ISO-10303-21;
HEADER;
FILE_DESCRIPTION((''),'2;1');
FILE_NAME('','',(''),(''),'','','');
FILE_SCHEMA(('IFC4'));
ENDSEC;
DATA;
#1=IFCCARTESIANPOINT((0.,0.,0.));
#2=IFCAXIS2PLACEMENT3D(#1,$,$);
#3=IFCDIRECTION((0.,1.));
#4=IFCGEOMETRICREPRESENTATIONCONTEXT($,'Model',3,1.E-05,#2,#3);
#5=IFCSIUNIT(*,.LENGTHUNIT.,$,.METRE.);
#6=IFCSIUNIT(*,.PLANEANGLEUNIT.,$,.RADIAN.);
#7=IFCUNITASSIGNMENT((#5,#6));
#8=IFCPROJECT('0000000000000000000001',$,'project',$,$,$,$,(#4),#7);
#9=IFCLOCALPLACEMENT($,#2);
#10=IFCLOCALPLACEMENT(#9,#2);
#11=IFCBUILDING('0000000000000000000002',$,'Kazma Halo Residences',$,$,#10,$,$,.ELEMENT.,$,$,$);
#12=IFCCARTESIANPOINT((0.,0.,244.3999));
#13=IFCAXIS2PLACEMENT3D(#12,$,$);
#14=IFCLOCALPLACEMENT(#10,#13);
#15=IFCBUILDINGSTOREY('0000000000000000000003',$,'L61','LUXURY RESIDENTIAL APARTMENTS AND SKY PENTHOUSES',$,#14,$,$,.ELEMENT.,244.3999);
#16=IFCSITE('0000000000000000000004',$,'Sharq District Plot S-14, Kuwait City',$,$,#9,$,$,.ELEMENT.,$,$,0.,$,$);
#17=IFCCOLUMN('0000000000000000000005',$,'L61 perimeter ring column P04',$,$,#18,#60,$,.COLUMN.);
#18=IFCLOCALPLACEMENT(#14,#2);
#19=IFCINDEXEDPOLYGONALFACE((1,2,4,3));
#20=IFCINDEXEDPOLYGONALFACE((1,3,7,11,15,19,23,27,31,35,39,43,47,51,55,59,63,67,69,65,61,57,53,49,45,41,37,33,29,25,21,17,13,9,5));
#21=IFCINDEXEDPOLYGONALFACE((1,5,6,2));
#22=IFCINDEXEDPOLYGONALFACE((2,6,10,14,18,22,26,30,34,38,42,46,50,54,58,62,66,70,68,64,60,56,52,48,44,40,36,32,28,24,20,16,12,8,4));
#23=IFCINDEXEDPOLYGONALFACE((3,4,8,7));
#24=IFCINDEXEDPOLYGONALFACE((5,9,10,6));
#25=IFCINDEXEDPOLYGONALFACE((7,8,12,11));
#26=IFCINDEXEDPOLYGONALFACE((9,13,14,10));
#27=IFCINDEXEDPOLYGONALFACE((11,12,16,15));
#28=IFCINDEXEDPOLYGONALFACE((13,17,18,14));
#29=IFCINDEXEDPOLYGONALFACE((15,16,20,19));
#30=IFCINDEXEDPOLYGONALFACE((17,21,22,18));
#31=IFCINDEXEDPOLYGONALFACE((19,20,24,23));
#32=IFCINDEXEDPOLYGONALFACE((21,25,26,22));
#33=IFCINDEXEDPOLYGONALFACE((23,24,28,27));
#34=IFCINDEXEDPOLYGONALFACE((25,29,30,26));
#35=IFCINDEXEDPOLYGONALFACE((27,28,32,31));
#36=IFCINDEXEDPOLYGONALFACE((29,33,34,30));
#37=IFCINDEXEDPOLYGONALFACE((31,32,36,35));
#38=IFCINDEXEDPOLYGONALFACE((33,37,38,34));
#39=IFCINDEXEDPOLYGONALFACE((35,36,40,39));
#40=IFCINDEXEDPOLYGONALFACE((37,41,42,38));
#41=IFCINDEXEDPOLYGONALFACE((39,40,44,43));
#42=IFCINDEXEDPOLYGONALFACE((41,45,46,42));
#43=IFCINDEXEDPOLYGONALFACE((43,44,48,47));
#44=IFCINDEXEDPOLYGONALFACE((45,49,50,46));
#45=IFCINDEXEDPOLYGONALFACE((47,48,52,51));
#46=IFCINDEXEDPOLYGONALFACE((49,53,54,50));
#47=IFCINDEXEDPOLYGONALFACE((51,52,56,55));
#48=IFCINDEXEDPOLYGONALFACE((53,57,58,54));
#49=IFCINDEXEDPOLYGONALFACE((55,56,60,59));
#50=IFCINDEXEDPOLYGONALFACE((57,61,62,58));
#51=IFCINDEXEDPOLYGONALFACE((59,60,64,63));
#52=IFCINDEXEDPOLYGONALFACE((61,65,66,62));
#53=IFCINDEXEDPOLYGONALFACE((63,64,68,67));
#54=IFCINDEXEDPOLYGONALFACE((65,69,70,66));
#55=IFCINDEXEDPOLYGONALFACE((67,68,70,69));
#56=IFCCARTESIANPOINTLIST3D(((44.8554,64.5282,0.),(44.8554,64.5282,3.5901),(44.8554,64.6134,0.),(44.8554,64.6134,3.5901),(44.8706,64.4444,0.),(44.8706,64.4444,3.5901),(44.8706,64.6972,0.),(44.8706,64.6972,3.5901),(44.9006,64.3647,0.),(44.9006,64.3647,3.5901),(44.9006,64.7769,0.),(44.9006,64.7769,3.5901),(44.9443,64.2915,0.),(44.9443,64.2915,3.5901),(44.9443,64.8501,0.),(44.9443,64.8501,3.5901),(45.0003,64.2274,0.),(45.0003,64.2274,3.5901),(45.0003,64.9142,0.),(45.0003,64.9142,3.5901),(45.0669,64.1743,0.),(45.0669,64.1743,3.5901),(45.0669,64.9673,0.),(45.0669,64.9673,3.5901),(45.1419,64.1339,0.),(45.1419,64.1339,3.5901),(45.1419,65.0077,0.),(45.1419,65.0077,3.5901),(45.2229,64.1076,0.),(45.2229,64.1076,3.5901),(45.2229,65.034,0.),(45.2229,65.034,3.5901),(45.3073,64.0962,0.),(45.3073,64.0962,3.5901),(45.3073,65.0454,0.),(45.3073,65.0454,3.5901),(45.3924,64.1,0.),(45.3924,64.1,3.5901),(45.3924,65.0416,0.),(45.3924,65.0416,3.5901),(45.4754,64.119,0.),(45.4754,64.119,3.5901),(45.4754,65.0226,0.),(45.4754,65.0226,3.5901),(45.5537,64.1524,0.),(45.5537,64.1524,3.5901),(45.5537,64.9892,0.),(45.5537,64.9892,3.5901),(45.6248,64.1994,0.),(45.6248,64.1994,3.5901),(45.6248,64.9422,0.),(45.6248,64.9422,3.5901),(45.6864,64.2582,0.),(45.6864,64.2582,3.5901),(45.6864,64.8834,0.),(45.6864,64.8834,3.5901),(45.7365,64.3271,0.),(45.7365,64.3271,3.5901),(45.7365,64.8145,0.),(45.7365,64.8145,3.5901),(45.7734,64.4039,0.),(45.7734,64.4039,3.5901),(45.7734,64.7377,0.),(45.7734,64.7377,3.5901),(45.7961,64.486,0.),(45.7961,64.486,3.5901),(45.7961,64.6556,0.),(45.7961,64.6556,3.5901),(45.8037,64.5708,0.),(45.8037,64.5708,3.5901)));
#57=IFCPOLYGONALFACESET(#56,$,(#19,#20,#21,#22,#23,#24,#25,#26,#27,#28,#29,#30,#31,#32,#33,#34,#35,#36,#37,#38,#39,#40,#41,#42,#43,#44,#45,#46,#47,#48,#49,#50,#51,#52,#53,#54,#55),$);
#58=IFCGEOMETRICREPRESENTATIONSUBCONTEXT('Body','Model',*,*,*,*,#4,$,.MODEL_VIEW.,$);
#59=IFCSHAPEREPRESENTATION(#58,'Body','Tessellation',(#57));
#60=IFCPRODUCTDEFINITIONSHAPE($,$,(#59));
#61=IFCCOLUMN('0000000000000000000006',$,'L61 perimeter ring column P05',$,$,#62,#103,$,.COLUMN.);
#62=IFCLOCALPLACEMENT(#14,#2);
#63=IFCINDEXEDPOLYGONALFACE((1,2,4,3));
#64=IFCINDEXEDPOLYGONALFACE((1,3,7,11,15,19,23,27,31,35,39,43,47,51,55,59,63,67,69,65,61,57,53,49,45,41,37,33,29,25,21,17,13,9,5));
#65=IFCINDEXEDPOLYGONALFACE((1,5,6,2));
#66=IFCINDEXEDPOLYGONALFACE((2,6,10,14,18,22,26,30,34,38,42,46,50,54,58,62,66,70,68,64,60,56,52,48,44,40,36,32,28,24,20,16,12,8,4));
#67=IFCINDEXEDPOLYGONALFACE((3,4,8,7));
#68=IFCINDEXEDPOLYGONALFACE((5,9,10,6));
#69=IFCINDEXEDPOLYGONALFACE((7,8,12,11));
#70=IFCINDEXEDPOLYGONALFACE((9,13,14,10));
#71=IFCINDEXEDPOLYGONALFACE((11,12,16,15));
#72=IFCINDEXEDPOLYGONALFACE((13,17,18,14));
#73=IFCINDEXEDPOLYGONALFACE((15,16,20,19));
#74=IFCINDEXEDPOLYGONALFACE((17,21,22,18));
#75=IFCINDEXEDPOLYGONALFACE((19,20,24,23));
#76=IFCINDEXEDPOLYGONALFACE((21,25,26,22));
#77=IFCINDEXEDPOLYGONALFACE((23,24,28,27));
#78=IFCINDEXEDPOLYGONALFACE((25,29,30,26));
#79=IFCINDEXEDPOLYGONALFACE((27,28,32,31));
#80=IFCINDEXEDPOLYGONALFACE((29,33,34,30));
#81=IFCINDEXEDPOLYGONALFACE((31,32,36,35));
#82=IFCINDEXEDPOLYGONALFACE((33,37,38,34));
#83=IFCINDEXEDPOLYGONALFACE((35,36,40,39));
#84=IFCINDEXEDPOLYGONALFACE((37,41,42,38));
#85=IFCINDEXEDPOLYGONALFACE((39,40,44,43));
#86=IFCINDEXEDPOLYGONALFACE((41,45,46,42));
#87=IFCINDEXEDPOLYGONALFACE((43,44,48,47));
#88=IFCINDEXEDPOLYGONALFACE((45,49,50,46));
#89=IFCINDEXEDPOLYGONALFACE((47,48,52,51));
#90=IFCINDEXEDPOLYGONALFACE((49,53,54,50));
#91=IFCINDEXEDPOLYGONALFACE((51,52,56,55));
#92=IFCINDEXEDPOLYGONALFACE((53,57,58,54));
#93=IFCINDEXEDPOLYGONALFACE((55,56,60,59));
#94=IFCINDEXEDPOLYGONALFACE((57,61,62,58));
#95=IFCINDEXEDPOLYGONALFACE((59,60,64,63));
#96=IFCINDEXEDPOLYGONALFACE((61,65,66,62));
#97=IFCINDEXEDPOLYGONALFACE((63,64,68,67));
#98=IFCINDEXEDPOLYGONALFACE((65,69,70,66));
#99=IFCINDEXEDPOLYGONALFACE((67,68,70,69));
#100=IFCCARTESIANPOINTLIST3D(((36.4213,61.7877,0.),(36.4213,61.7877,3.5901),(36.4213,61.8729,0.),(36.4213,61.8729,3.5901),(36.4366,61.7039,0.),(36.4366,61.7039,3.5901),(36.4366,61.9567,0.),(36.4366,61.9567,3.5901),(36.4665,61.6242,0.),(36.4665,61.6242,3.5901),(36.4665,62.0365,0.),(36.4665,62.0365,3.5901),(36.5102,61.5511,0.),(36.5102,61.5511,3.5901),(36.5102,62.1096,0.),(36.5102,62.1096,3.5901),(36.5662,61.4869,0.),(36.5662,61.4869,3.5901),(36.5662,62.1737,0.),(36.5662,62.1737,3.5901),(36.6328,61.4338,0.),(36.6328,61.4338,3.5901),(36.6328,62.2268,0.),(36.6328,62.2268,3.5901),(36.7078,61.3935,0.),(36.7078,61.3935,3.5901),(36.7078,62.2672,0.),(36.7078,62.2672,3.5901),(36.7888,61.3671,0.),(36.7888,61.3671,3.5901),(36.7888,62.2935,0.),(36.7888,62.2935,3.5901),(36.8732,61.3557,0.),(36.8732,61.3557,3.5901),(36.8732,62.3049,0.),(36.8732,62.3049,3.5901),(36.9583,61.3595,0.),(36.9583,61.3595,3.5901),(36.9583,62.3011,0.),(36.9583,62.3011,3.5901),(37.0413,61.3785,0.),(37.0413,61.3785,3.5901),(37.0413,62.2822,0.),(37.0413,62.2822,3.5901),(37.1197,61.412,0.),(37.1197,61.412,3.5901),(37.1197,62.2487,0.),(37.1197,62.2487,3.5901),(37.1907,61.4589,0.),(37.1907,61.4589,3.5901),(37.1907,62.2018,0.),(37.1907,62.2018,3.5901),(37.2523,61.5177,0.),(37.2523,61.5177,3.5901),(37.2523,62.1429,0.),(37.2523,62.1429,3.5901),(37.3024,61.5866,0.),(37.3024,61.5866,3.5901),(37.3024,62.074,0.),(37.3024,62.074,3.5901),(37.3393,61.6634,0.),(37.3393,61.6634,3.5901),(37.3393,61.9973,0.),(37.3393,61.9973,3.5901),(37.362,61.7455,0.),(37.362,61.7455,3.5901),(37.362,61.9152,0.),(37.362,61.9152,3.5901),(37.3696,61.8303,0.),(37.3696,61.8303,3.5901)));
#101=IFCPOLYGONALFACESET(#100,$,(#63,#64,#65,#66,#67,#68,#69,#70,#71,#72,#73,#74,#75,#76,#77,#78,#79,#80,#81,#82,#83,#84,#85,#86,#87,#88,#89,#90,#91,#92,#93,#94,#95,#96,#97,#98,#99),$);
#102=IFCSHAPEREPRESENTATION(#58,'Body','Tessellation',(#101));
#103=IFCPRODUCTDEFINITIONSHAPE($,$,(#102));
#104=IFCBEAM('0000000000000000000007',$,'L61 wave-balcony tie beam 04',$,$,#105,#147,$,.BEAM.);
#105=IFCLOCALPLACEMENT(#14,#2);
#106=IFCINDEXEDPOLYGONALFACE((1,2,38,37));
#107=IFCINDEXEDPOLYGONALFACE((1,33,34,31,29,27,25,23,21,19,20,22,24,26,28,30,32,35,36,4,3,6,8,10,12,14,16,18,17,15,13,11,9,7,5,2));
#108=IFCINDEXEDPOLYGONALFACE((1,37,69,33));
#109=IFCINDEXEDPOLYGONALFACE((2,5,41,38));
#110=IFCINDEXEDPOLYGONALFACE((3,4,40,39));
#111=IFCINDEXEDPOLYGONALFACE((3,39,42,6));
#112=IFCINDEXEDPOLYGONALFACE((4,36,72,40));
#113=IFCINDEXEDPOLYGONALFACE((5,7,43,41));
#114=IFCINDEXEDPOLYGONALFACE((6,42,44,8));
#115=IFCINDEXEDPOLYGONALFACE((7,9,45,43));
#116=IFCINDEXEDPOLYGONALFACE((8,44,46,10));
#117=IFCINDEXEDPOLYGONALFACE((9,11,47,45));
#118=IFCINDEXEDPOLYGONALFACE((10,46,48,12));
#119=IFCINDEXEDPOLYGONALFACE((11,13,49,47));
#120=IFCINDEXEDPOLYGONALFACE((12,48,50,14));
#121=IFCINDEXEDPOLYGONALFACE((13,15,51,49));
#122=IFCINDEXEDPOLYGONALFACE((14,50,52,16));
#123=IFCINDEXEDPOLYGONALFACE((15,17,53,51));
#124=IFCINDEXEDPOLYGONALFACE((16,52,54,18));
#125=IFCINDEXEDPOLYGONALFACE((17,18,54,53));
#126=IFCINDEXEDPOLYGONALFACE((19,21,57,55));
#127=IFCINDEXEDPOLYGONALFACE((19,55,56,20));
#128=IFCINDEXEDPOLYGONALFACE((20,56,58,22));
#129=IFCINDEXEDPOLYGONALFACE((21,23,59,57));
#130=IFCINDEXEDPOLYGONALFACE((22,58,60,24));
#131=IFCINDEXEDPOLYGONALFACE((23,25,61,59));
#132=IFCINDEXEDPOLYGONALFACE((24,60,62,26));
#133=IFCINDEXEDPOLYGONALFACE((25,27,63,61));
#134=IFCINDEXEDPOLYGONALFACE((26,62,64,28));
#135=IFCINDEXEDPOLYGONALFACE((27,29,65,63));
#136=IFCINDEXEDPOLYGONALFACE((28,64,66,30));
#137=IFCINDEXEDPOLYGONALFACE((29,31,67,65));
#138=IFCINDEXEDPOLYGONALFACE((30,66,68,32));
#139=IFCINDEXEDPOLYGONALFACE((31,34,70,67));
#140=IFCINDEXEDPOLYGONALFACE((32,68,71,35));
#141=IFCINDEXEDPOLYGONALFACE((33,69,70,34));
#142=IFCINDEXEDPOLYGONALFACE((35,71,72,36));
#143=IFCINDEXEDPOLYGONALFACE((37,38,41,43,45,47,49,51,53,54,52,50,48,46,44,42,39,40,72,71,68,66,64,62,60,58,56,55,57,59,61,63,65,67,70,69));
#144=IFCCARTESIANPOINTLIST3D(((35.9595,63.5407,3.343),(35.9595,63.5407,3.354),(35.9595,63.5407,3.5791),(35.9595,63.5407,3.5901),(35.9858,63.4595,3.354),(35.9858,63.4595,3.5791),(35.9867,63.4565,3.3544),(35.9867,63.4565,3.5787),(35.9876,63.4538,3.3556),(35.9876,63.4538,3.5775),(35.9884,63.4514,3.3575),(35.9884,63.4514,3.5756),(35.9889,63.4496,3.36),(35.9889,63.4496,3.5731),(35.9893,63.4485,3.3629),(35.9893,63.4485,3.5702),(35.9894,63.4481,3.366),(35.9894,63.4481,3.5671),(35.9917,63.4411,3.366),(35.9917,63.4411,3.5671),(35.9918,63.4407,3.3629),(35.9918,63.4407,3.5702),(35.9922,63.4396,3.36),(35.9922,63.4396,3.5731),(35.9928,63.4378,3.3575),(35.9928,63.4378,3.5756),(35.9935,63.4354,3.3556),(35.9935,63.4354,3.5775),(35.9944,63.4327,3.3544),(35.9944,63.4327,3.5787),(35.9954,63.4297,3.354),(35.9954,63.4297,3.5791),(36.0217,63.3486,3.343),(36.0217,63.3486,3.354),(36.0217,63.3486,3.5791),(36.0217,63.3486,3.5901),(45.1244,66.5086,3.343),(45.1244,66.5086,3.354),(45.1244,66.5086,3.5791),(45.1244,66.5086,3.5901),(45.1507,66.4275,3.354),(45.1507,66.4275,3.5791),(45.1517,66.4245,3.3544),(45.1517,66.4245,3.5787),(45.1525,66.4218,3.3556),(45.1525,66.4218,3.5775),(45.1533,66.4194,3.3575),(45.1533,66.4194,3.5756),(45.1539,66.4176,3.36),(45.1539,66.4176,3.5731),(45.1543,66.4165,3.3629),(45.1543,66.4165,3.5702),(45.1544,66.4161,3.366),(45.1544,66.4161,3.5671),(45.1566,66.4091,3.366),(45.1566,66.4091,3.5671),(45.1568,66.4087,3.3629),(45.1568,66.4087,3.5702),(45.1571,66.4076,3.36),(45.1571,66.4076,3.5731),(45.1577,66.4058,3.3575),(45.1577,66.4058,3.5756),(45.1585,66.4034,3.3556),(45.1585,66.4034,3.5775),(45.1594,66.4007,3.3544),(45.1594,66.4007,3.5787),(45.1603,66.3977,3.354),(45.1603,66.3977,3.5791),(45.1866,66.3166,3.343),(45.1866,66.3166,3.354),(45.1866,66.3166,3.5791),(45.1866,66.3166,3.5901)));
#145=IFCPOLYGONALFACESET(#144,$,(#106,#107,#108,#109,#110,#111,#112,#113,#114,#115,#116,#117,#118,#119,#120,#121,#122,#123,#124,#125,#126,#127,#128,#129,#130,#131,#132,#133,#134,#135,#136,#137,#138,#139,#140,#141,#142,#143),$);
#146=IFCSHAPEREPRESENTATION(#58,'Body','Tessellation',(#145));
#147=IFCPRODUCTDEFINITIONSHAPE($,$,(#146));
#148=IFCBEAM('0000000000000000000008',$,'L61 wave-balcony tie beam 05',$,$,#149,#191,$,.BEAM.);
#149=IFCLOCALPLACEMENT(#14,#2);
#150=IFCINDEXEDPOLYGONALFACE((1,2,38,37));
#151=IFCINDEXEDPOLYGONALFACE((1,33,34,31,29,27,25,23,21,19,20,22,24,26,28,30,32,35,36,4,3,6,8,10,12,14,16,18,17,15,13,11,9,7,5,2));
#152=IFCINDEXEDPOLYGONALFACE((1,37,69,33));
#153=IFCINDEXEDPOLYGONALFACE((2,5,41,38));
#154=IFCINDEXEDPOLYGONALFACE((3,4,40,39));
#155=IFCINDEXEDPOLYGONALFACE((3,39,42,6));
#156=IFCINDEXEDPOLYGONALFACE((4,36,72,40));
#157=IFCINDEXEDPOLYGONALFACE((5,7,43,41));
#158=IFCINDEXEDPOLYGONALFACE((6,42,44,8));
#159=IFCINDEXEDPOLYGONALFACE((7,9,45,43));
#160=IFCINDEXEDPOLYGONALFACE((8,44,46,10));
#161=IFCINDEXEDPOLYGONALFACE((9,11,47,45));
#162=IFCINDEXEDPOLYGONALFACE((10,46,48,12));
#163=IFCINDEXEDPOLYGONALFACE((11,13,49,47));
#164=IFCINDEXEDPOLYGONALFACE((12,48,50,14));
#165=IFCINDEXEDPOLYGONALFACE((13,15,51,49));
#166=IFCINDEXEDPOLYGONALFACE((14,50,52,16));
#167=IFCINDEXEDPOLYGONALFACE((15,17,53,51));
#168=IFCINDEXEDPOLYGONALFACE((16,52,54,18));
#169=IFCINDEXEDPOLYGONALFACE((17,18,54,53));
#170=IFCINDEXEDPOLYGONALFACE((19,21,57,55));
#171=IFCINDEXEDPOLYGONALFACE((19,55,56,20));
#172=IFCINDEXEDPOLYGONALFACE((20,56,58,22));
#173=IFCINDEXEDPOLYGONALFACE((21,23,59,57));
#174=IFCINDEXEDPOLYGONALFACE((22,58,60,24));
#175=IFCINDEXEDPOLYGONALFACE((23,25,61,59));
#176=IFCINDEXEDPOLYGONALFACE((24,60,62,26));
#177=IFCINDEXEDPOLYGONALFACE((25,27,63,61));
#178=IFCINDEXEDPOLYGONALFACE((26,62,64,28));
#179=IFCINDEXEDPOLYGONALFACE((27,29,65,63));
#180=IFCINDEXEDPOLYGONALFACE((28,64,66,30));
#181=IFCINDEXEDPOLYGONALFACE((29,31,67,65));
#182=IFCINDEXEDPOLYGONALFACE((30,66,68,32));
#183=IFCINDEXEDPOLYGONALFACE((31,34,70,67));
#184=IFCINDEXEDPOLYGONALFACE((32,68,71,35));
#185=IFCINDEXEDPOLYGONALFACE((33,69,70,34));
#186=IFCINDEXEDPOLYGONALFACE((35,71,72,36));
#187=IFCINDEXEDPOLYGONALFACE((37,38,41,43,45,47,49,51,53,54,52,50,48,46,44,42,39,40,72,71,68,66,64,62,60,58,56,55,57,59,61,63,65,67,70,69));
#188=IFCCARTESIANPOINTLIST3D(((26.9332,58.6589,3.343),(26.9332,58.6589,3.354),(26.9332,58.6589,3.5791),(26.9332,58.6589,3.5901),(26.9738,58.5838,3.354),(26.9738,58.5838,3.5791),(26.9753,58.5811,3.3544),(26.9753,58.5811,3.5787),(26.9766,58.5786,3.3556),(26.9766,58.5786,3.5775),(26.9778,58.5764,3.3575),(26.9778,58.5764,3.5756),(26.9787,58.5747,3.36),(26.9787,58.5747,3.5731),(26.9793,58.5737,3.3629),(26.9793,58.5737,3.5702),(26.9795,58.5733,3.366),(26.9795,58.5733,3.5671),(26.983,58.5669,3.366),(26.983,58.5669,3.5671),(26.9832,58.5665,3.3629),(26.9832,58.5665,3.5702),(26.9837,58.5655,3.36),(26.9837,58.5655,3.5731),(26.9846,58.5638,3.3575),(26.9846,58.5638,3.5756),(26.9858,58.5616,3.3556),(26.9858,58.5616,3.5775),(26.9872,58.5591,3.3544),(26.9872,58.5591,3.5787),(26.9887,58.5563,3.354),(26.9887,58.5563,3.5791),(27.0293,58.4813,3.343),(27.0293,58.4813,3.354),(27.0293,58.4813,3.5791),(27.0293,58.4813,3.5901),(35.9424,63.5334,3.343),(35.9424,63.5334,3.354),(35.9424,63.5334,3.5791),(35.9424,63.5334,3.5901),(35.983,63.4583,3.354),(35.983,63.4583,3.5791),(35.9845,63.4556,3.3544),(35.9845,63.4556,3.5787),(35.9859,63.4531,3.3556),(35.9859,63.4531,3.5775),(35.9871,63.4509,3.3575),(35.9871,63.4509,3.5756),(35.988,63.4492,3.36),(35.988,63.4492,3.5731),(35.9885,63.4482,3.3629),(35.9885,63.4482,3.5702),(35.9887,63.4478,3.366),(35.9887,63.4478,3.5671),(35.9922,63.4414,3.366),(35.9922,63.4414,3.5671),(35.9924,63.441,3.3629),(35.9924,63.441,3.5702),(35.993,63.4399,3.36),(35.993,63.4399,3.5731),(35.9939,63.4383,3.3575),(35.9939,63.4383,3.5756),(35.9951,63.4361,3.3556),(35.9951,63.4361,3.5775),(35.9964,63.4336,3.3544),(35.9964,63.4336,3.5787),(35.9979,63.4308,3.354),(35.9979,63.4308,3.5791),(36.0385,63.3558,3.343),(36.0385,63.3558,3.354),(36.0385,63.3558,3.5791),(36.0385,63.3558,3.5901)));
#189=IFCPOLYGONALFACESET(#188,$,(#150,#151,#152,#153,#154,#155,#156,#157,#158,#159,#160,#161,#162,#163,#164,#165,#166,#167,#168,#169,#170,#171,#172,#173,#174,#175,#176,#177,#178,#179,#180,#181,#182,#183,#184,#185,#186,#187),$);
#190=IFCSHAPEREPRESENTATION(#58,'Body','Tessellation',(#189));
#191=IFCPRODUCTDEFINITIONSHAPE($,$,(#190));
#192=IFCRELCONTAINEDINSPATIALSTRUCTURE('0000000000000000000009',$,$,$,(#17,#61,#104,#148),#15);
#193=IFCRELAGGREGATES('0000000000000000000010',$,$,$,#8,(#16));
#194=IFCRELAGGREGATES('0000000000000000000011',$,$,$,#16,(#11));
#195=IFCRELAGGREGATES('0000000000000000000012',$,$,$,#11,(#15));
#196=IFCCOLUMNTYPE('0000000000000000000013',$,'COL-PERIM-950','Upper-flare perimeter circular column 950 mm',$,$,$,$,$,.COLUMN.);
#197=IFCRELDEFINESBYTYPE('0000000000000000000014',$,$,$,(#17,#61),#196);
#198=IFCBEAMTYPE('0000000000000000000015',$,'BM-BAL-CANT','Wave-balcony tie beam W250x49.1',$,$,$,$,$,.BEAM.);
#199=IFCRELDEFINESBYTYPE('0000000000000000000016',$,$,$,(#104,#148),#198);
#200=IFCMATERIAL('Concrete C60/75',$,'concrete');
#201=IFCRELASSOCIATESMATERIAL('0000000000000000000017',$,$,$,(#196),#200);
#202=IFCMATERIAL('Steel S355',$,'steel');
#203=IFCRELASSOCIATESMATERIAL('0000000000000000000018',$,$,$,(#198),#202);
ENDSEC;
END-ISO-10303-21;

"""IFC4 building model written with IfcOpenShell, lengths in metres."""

from ifc_helpers import new_model, si_unit, direction, frame, origin, origin_2d, place, context, subcontext, project, spatial, circle, i_section, extrude, material, material_profile, profile_set, type_object, element, save


model = new_model("IFC4")

# Units and contexts
model_context = context("Model", 3, precision=1e-05, world=origin(), true_north=direction((0.0, 1.0)))
body_context = subcontext(model_context, "Body", "Model", "MODEL_VIEW")
ifc_project = project(units=[si_unit("LENGTHUNIT", "METRE"), si_unit("PLANEANGLEUNIT", "RADIAN")], contexts=[model_context])

# Site, building, storey
site_placement = place(None, origin())
site = spatial("IfcSite", under=ifc_project, at=site_placement, Name="Sharq District Plot S-14, Kuwait City", CompositionType="ELEMENT", RefElevation=0.0)
building_placement = place(site_placement, origin())
building = spatial("IfcBuilding", under=site, at=building_placement, Name="Kazma Halo Residences", CompositionType="ELEMENT")
storey_placement = place(building_placement, frame((0.0, 0.0, 244.3999)))
storey = spatial("IfcBuildingStorey", under=building, at=storey_placement, Name="L61", Description="LUXURY RESIDENTIAL APARTMENTS AND SKY PENTHOUSES", CompositionType="ELEMENT", Elevation=244.3999)

# Columns
ifc_material_1 = material(Name="Concrete C60/75", Category="concrete")
ifc_material_profile_1 = material_profile(ifc_material_1, circle(Radius=0.4751, at=origin_2d()), Name="CIRC950")
ifc_profile_set_1 = profile_set([ifc_material_profile_1], Name="Concrete C60/75")
column_type = type_object("IfcColumnType", Name="COL-PERIM-950", Description="Upper-flare perimeter circular column 950 mm", PredefinedType="COLUMN", material=ifc_profile_set_1)
for number, where, z_axis, x_axis, name in (
    (1, (45.3286, 64.5708, 0.0), (0.0, 0.0, 1.0), (1.0, 0.0, 0.0), "L61 perimeter ring column P04"),
    (2, (36.8945, 61.8303, 0.0), (0.0, 0.0, 1.0), (1.0, 0.0, 0.0), "L61 perimeter ring column P05"),
):
    element("IfcColumn", number, at=place(storey_placement, frame(where, z_axis=z_axis, x_axis=x_axis)), inside=storey, type_object=column_type, Name=name, PredefinedType="COLUMN", context=body_context, shape_type="SweptSolid", body=[
        extrude(circle(Radius=0.4751, at=origin_2d()), origin(), (0.0, 0.0, 1.0), 3.5901),
    ])

# Beams
ifc_material_2 = material(Name="Steel S355", Category="steel")
ifc_material_profile_2 = material_profile(ifc_material_2, i_section(OverallWidth=0.2019, OverallDepth=0.2471, WebThickness=0.0073, FlangeThickness=0.011, FilletRadius=0.012, at=origin_2d()), Name="W250x49.1")
ifc_profile_set_2 = profile_set([ifc_material_profile_2], Name="Steel S355")
beam_type_1 = type_object("IfcBeamType", Name="BM-BAL-CANT", Description="Wave-balcony tie beam W250x49.1", PredefinedType="BEAM", material=ifc_profile_set_2)
beam_1_placement = place(storey_placement, frame((45.1555, 66.4126, 3.4666), z_axis=(-0.951358, -0.308089, 0.0), x_axis=(0.308089, -0.951358, 0.0)))
element("IfcBeam", 3, at=beam_1_placement, inside=storey, type_object=beam_type_1, Name="L61 wave-balcony tie beam 04", PredefinedType="BEAM", context=body_context, shape_type="SweptSolid", body=[
    extrude(i_section(OverallWidth=0.2019, OverallDepth=0.2471, WebThickness=0.0073, FlangeThickness=0.011, FilletRadius=0.012, at=origin_2d()), origin(), (0.0, 0.0, 1.0), 9.6335),
])
beam_2_placement = place(storey_placement, frame((35.9905, 63.4446, 3.4666), z_axis=(-0.879517, -0.475867, 0.0), x_axis=(0.475867, -0.879517, 0.0)))
element("IfcBeam", 4, at=beam_2_placement, inside=storey, type_object=beam_type_1, Name="L61 wave-balcony tie beam 05", PredefinedType="BEAM", context=body_context, shape_type="SweptSolid", body=[
    extrude(i_section(OverallWidth=0.2019, OverallDepth=0.2471, WebThickness=0.0073, FlangeThickness=0.011, FilletRadius=0.012, at=origin_2d()), origin(), (0.0, 0.0, 1.0), 10.2434),
])

save(model, "model.ifc")
